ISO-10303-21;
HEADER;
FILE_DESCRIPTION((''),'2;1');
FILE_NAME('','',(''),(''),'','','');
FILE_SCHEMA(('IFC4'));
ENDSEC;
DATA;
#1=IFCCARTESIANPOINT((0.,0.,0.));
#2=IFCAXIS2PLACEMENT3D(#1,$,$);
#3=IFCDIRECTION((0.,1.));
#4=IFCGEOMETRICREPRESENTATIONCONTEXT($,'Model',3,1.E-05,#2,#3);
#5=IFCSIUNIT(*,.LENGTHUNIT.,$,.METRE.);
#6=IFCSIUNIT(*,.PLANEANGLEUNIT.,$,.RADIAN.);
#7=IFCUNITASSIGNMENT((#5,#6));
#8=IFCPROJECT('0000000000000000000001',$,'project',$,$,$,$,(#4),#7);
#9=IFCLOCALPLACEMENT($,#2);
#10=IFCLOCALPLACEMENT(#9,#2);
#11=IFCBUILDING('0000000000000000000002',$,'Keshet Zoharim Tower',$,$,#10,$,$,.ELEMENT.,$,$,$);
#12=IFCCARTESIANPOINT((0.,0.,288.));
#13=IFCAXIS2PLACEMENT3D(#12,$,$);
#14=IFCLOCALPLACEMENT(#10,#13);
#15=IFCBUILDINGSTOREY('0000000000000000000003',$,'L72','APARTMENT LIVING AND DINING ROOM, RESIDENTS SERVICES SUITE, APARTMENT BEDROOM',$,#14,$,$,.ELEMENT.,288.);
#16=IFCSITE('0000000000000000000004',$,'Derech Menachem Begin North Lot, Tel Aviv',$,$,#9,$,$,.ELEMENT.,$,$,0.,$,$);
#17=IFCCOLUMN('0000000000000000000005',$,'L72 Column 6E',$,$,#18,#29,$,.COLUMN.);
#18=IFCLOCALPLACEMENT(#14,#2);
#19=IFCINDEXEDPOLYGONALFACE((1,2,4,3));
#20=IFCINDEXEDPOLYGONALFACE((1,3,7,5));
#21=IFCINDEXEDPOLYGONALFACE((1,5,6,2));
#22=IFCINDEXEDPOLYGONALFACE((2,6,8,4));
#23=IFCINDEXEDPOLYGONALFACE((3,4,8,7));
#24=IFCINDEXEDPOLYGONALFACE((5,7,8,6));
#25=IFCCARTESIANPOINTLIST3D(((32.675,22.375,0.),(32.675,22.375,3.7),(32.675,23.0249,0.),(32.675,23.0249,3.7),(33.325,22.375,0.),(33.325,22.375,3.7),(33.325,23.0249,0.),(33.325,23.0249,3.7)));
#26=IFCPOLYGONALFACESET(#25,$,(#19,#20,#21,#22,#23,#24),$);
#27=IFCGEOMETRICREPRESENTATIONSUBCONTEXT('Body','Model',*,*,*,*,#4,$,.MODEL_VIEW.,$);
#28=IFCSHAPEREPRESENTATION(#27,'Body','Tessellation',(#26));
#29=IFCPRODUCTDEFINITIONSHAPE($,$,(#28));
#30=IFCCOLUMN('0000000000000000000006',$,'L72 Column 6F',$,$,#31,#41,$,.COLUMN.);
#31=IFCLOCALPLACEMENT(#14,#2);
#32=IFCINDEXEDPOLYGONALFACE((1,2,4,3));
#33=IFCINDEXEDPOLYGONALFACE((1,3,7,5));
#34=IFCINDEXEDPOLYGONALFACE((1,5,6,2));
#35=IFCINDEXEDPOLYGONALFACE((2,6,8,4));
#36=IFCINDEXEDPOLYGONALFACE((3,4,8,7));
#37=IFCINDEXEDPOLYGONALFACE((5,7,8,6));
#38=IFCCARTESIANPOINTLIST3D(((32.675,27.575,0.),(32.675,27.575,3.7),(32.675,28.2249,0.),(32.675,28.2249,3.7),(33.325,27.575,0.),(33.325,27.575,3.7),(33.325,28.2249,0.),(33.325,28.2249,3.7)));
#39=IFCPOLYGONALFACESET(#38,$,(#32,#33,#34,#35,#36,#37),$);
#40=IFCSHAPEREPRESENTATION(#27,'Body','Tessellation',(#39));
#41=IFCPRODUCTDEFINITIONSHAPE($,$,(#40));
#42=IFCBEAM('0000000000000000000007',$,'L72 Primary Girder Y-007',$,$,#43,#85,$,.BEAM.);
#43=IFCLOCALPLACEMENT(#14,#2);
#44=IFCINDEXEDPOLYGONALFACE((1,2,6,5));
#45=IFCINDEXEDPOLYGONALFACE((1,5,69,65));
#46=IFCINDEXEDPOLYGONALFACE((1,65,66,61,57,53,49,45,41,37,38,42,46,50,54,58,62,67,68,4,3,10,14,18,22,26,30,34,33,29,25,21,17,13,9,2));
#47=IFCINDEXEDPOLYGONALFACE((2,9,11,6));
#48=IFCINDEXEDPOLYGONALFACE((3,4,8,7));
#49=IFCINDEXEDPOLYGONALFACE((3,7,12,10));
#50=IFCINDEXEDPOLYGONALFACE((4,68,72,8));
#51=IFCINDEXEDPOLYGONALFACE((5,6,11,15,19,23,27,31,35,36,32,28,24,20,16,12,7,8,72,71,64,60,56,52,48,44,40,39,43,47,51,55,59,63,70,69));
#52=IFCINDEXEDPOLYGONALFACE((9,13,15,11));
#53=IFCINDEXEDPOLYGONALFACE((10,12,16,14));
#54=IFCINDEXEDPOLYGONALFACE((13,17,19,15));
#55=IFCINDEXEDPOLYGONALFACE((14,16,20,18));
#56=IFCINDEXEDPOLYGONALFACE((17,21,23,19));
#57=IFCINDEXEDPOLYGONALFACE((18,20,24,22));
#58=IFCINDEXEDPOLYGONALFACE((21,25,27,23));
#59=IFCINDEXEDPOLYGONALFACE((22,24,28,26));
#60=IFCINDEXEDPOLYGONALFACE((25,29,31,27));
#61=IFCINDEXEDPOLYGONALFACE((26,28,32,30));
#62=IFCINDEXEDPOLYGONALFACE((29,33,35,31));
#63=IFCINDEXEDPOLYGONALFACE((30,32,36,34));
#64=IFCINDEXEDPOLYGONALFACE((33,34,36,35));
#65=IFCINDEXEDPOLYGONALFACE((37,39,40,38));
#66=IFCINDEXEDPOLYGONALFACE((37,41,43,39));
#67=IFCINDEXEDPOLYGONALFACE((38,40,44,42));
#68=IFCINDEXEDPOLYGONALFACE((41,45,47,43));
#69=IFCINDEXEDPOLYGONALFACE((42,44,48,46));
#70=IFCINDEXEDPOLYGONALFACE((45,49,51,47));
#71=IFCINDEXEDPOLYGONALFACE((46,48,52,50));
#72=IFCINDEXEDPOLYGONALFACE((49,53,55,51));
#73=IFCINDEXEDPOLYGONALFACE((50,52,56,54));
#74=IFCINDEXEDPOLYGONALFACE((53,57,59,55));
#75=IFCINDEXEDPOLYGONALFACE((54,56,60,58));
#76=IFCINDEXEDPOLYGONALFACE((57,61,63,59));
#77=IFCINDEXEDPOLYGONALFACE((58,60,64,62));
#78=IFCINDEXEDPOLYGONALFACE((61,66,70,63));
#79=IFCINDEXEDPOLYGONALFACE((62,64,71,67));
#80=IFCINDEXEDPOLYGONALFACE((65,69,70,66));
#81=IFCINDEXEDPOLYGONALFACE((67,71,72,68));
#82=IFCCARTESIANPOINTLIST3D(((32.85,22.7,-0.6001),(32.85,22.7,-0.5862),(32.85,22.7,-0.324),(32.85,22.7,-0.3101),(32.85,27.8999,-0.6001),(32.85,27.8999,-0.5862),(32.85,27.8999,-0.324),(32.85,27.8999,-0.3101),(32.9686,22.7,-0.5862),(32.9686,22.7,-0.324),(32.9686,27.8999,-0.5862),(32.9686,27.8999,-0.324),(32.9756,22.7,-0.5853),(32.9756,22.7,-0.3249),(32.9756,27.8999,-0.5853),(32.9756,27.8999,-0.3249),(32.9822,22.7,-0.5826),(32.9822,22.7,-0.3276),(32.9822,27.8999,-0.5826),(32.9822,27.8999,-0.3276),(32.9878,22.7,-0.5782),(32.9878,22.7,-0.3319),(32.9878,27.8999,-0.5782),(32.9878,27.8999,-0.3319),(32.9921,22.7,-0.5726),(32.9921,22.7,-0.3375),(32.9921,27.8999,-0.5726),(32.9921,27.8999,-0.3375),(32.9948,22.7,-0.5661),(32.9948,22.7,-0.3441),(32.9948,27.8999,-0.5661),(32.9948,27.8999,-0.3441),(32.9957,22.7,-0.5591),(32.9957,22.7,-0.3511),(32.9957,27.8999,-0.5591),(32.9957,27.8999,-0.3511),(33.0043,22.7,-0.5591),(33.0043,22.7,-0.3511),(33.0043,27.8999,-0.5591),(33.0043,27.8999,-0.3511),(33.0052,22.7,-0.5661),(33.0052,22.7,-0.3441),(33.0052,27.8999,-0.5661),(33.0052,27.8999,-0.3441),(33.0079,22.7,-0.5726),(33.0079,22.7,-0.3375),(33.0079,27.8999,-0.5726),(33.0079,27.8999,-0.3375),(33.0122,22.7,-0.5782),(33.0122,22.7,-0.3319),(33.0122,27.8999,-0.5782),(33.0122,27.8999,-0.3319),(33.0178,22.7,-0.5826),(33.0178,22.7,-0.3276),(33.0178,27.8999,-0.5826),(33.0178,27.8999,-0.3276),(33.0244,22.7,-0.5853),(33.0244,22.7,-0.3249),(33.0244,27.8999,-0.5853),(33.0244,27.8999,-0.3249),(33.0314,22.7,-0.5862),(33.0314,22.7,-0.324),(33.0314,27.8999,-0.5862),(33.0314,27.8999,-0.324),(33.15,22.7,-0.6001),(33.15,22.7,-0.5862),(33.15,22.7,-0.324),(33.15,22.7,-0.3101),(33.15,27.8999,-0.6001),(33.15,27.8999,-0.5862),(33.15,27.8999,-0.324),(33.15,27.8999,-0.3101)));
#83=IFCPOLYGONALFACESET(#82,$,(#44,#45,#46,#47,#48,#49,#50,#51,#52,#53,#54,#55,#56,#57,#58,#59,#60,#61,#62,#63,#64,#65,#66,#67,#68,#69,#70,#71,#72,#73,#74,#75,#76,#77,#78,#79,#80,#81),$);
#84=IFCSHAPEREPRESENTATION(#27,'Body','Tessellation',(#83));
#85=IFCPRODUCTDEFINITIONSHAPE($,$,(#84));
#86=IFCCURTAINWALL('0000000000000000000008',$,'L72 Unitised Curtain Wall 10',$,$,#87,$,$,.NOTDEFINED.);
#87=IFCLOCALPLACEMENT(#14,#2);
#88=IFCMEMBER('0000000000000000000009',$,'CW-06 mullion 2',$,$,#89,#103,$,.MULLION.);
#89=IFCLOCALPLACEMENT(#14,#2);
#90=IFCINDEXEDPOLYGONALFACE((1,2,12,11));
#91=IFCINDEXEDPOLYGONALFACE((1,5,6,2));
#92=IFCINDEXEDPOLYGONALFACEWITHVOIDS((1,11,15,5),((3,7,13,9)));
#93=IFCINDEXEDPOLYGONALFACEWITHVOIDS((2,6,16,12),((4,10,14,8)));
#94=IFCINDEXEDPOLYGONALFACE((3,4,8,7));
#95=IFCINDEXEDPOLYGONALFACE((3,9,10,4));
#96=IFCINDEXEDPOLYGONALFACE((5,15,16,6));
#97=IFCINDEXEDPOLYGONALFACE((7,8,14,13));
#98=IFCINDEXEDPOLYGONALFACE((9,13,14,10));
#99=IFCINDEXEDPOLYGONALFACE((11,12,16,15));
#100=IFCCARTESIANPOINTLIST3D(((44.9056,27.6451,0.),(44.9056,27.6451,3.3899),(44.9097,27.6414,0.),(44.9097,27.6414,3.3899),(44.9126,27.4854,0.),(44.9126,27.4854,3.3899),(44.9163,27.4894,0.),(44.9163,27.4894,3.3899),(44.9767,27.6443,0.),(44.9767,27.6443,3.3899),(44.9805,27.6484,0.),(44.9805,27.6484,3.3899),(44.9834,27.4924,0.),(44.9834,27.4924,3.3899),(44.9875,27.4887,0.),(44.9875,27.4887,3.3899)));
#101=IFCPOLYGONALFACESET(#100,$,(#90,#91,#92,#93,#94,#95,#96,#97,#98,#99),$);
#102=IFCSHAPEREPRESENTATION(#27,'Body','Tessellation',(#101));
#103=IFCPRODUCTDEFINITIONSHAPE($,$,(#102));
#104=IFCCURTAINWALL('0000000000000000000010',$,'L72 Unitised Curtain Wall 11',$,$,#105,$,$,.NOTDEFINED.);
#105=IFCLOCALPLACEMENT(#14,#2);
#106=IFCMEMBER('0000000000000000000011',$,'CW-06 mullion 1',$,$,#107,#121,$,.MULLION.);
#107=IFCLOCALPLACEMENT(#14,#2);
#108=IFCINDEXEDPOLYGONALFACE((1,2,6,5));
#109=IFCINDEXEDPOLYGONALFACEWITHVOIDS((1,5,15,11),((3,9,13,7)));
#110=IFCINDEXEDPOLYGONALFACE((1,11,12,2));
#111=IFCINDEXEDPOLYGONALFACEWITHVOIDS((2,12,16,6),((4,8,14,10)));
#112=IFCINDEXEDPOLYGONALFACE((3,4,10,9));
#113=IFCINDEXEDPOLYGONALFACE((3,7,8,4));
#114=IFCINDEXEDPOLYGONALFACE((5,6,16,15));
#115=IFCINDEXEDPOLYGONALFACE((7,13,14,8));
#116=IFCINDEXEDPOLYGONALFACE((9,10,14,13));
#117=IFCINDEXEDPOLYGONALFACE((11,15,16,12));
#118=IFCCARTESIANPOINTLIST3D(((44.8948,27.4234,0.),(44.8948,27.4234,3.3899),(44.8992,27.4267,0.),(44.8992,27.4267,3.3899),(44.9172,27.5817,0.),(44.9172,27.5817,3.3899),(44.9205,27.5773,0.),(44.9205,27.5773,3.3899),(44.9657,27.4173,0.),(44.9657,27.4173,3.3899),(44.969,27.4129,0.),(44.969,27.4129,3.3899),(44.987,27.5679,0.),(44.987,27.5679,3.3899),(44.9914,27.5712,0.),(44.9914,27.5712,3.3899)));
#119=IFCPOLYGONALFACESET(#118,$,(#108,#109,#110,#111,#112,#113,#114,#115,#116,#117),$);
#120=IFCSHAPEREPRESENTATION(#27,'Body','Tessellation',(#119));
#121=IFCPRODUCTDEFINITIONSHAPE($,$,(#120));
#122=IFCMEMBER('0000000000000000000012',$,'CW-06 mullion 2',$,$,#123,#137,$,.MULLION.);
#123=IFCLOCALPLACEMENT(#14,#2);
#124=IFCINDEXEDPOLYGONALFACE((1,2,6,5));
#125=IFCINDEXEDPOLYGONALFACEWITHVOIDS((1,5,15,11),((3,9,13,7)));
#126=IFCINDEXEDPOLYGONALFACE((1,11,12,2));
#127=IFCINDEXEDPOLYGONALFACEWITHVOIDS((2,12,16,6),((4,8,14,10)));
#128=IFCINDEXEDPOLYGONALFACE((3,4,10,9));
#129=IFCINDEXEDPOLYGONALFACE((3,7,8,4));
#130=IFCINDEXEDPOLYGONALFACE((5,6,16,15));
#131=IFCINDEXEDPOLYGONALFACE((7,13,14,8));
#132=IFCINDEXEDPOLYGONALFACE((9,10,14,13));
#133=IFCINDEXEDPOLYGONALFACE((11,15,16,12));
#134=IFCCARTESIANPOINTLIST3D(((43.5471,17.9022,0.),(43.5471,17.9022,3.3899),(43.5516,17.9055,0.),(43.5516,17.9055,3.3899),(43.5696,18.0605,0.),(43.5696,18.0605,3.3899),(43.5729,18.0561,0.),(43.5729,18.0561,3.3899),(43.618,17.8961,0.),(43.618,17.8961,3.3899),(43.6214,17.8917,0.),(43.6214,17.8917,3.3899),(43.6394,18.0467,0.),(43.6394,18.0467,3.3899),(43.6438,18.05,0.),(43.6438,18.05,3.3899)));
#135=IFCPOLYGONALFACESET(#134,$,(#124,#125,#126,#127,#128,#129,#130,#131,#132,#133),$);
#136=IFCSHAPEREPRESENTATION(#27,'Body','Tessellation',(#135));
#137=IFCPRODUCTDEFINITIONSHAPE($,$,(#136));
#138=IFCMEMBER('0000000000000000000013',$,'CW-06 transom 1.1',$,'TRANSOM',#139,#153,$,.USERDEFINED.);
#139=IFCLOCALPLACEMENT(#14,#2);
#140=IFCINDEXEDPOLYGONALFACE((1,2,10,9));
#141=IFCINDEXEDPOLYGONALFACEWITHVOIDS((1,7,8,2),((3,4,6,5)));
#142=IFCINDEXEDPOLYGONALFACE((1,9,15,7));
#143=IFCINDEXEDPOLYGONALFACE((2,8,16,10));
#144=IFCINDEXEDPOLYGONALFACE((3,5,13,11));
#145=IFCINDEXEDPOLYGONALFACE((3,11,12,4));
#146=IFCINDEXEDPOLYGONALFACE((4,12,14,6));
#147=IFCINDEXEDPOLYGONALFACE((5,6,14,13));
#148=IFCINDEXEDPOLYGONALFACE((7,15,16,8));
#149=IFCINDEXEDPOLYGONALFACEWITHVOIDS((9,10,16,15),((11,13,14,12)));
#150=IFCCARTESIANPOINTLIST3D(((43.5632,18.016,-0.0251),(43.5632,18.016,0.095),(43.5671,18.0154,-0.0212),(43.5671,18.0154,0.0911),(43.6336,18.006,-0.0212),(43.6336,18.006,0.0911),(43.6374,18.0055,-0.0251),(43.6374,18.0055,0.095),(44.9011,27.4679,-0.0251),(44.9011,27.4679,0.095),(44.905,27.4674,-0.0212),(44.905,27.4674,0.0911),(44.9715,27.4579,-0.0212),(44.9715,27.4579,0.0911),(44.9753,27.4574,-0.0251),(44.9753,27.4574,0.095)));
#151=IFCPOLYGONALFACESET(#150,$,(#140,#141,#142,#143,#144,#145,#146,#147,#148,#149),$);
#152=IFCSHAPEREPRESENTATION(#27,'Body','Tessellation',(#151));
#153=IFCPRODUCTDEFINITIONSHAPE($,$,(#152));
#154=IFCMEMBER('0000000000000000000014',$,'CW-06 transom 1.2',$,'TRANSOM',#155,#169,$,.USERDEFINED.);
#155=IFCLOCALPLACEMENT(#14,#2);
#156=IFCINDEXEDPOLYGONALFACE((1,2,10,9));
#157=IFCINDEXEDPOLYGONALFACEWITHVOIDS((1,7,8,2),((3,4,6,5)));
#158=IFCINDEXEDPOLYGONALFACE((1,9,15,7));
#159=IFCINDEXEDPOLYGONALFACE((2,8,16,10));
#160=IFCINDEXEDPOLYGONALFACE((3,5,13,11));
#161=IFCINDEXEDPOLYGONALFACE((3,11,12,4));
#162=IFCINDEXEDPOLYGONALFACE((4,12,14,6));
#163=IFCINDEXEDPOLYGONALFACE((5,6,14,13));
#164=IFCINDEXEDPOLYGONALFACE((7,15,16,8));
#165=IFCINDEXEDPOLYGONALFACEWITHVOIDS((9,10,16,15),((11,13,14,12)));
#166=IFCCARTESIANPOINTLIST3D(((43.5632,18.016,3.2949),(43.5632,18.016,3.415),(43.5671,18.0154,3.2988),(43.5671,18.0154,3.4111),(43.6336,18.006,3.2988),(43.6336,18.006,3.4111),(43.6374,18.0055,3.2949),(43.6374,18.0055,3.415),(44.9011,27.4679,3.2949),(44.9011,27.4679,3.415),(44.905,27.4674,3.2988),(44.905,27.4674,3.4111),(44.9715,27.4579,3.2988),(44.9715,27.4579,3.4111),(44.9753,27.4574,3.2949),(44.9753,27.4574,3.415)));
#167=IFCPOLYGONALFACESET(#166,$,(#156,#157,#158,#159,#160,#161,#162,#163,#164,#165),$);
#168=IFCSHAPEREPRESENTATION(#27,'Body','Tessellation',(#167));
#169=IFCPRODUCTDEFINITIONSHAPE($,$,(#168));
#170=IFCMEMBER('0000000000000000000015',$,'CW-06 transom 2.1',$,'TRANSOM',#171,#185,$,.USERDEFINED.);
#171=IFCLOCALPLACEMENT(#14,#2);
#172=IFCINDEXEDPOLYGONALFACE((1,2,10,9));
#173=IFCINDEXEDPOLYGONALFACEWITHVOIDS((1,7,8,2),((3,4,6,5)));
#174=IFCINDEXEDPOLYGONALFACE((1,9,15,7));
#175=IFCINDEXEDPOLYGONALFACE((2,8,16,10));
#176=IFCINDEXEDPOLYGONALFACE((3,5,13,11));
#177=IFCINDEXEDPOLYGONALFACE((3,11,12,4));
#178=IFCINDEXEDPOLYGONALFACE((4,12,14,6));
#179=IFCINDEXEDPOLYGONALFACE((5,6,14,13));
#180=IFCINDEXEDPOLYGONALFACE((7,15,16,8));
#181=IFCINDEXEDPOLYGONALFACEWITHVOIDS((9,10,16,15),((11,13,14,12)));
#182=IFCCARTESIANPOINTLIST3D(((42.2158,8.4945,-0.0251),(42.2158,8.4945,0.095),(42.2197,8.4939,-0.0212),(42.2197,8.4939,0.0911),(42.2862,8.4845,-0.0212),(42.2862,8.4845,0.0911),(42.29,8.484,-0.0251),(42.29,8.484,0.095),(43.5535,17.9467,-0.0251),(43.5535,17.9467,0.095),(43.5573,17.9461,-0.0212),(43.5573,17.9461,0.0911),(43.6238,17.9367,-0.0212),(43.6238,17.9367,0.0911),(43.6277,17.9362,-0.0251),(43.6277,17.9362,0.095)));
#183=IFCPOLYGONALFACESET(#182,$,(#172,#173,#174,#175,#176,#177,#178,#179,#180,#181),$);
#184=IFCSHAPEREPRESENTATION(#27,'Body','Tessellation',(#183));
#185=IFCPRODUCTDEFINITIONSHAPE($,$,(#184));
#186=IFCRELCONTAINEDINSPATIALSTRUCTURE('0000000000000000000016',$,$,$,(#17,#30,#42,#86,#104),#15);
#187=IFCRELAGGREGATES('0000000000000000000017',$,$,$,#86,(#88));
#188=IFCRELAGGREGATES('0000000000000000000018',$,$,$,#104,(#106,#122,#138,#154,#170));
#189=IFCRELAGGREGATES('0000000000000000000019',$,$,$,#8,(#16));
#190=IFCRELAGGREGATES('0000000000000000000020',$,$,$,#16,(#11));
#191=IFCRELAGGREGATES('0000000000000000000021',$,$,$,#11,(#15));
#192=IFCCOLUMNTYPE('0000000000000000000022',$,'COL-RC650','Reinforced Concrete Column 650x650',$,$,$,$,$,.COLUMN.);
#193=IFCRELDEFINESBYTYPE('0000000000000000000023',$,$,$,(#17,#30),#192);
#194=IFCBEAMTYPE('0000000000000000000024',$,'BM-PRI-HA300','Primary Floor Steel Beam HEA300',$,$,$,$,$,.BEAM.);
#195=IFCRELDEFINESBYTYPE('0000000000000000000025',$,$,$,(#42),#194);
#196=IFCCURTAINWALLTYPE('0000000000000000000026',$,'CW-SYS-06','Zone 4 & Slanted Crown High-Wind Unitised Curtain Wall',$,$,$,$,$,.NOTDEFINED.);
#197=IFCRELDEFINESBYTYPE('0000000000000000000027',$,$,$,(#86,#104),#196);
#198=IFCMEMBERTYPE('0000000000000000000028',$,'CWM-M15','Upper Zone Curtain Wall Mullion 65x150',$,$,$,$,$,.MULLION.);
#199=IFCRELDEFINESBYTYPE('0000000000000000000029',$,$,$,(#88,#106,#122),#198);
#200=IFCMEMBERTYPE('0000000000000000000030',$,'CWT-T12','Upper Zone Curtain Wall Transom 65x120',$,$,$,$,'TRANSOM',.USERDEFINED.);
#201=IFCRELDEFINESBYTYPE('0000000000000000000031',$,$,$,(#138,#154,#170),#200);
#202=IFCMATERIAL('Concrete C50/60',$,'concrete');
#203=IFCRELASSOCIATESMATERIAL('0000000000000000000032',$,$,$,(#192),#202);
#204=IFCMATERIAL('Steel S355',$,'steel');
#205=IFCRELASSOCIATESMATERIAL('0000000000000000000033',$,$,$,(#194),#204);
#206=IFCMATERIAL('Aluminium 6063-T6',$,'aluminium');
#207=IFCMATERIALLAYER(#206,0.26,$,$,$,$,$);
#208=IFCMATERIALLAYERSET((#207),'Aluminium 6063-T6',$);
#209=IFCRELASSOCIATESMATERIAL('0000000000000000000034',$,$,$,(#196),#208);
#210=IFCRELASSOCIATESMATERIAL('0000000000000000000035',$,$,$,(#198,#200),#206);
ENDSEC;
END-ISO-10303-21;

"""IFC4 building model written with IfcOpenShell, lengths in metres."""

from ifc_helpers import new_model, si_unit, direction, frame, origin, origin_2d, place, context, subcontext, project, spatial, rectangle, hollow_rectangle, i_section, extrude, material, layer, layer_set, material_profile, profile_set, type_object, element, aggregate, save


model = new_model("IFC4")

# Units and contexts
model_context = context("Model", 3, precision=1e-05, world=origin(), true_north=direction((0.0, 1.0)))
body_context = subcontext(model_context, "Body", "Model", "MODEL_VIEW")
ifc_project = project(units=[si_unit("LENGTHUNIT", "METRE"), si_unit("PLANEANGLEUNIT", "RADIAN")], contexts=[model_context])

# Site, building, storey
site_placement = place(None, origin())
site = spatial("IfcSite", under=ifc_project, at=site_placement, Name="Derech Menachem Begin North Lot, Tel Aviv", CompositionType="ELEMENT", RefElevation=0.0)
building_placement = place(site_placement, origin())
building = spatial("IfcBuilding", under=site, at=building_placement, Name="Keshet Zoharim Tower", CompositionType="ELEMENT")
storey_placement = place(building_placement, frame((0.0, 0.0, 288.0)))
storey = spatial("IfcBuildingStorey", under=building, at=storey_placement, Name="L72", Description="APARTMENT LIVING AND DINING ROOM, RESIDENTS SERVICES SUITE, APARTMENT BEDROOM", CompositionType="ELEMENT", Elevation=288.0)

# Columns
ifc_material_1 = material(Name="Concrete C50/60", Category="concrete")
ifc_material_profile_1 = material_profile(ifc_material_1, rectangle(XDim=0.6499, YDim=0.6499, at=origin_2d()), Name="RC650x650")
ifc_profile_set_1 = profile_set([ifc_material_profile_1], Name="Concrete C50/60")
column_type = type_object("IfcColumnType", Name="COL-RC650", Description="Reinforced Concrete Column 650x650", PredefinedType="COLUMN", material=ifc_profile_set_1)
for number, where, z_axis, x_axis, name in (
    (1, (33.0, 22.7, 0.0), (0.0, 0.0, 1.0), (1.0, 0.0, 0.0), "L72 Column 6E"),
    (2, (33.0, 27.8999, 0.0), (0.0, 0.0, 1.0), (1.0, 0.0, 0.0), "L72 Column 6F"),
):
    element("IfcColumn", number, at=place(storey_placement, frame(where, z_axis=z_axis, x_axis=x_axis)), inside=storey, type_object=column_type, Name=name, PredefinedType="COLUMN", context=body_context, shape_type="SweptSolid", body=[
        extrude(rectangle(XDim=0.6499, YDim=0.6499, at=origin_2d()), origin(), (0.0, 0.0, 1.0), 3.7),
    ])

# Beam
ifc_material_2 = material(Name="Steel S355", Category="steel")
ifc_material_profile_2 = material_profile(ifc_material_2, i_section(OverallWidth=0.3, OverallDepth=0.29, WebThickness=0.0085, FlangeThickness=0.0139, FilletRadius=0.0271, at=origin_2d()), Name="HEA300")
ifc_profile_set_2 = profile_set([ifc_material_profile_2], Name="Steel S355")
beam_type = type_object("IfcBeamType", Name="BM-PRI-HA300", Description="Primary Floor Steel Beam HEA300", PredefinedType="BEAM", material=ifc_profile_set_2)
beam_placement = place(storey_placement, frame((33.0, 22.7, -0.4551), z_axis=(0.0, 1.0, 0.0), x_axis=(-1.0, 0.0, 0.0)))
element("IfcBeam", 3, at=beam_placement, inside=storey, type_object=beam_type, Name="L72 Primary Girder Y-007", PredefinedType="BEAM", context=body_context, shape_type="SweptSolid", body=[
    extrude(i_section(OverallWidth=0.3, OverallDepth=0.29, WebThickness=0.0085, FlangeThickness=0.0139, FilletRadius=0.0271, at=origin_2d()), origin(), (0.0, 0.0, 1.0), 5.2),
])

# Curtain wall, member
ifc_material_3 = material(Name="Aluminium 6063-T6", Category="aluminium")
ifc_layer_1 = layer(ifc_material_3, 0.26)
ifc_layer_set_1 = layer_set([ifc_layer_1], Name="Aluminium 6063-T6")
curtain_wall_type = type_object("IfcCurtainWallType", Name="CW-SYS-06", Description="Zone 4 & Slanted Crown High-Wind Unitised Curtain Wall", PredefinedType="NOTDEFINED", material=ifc_layer_set_1)
curtain_wall_1_placement = place(storey_placement, origin())
curtain_wall_1 = element("IfcCurtainWall", 4, at=curtain_wall_1_placement, inside=storey, type_object=curtain_wall_type, Name="L72 Unitised Curtain Wall 10", PredefinedType="NOTDEFINED")
ifc_material_profile_3 = material_profile(ifc_material_3, hollow_rectangle(XDim=0.075, YDim=0.1599, WallThickness=0.0039, at=origin_2d()), Name="MUL-75x160")
ifc_profile_set_3 = profile_set([ifc_material_profile_3], Name="Aluminium 6063-T6")
member_type_1 = type_object("IfcMemberType", Name="CWM-M15", Description="Upper Zone Curtain Wall Mullion 65x150", PredefinedType="MULLION", material=ifc_profile_set_3)
member_1_placement = place(storey_placement, frame((44.9465, 27.5669, 0.0), z_axis=(0.0, 0.0, 1.0), x_axis=(0.999041, 0.043794, 0.0)))
member_1 = element("IfcMember", 5, at=member_1_placement, type_object=member_type_1, Name="CW-06 mullion 2", PredefinedType="MULLION", context=body_context, shape_type="SweptSolid", body=[
    extrude(hollow_rectangle(XDim=0.075, YDim=0.1599, WallThickness=0.0039, at=origin_2d()), origin(), (0.0, 0.0, 1.0), 3.3899),
])

# Curtain wall, members
curtain_wall_2_placement = place(storey_placement, origin())
curtain_wall_2 = element("IfcCurtainWall", 6, at=curtain_wall_2_placement, inside=storey, type_object=curtain_wall_type, Name="L72 Unitised Curtain Wall 11", PredefinedType="NOTDEFINED")
member_2_placement = place(storey_placement, frame((44.9431, 27.4973, 0.0), z_axis=(0.0, 0.0, 1.0), x_axis=(0.990132, -0.140137, 0.0)))
member_2 = element("IfcMember", 7, at=member_2_placement, type_object=member_type_1, Name="CW-06 mullion 1", PredefinedType="MULLION", context=body_context, shape_type="SweptSolid", body=[
    extrude(hollow_rectangle(XDim=0.075, YDim=0.1599, WallThickness=0.0039, at=origin_2d()), origin(), (0.0, 0.0, 1.0), 3.3899),
])
member_3_placement = place(storey_placement, frame((43.5955, 17.9761, 0.0), z_axis=(0.0, 0.0, 1.0), x_axis=(0.990132, -0.140137, 0.0)))
member_3 = element("IfcMember", 8, at=member_3_placement, type_object=member_type_1, Name="CW-06 mullion 2", PredefinedType="MULLION", context=body_context, shape_type="SweptSolid", body=[
    extrude(hollow_rectangle(XDim=0.075, YDim=0.1599, WallThickness=0.0039, at=origin_2d()), origin(), (0.0, 0.0, 1.0), 3.3899),
])
ifc_material_profile_4 = material_profile(ifc_material_3, hollow_rectangle(XDim=0.075, YDim=0.1201, WallThickness=0.0039, at=origin_2d()), Name="TRN-75x120")
ifc_profile_set_4 = profile_set([ifc_material_profile_4], Name="Aluminium 6063-T6")
member_type_2 = type_object("IfcMemberType", Name="CWT-T12", Description="Upper Zone Curtain Wall Transom 65x120", ElementType="TRANSOM", PredefinedType="USERDEFINED", material=ifc_profile_set_4)
member_4_placement = place(storey_placement, frame((44.9382, 27.4626, 0.0349), z_axis=(-0.14015, -0.99013, 0.0), x_axis=(0.99013, -0.14015, 0.0)))
member_4 = element("IfcMember", 9, at=member_4_placement, type_object=member_type_2, Name="CW-06 transom 1.1", ObjectType="TRANSOM", PredefinedType="USERDEFINED", context=body_context, shape_type="SweptSolid", body=[
    extrude(hollow_rectangle(XDim=0.075, YDim=0.1201, WallThickness=0.0039, at=origin_2d()), origin(), (0.0, 0.0, 1.0), 9.5461),
])
member_5_placement = place(storey_placement, frame((44.9382, 27.4626, 3.355), z_axis=(-0.14015, -0.99013, 0.0), x_axis=(0.99013, -0.14015, 0.0)))
member_5 = element("IfcMember", 10, at=member_5_placement, type_object=member_type_2, Name="CW-06 transom 1.2", ObjectType="TRANSOM", PredefinedType="USERDEFINED", context=body_context, shape_type="SweptSolid", body=[
    extrude(hollow_rectangle(XDim=0.075, YDim=0.1201, WallThickness=0.0039, at=origin_2d()), origin(), (0.0, 0.0, 1.0), 9.5461),
])
member_6_placement = place(storey_placement, frame((43.5906, 17.9414, 0.0349), z_axis=(-0.140122, -0.990134, 0.0), x_axis=(0.990134, -0.140122, 0.0)))
member_6 = element("IfcMember", 11, at=member_6_placement, type_object=member_type_2, Name="CW-06 transom 2.1", ObjectType="TRANSOM", PredefinedType="USERDEFINED", context=body_context, shape_type="SweptSolid", body=[
    extrude(hollow_rectangle(XDim=0.075, YDim=0.1201, WallThickness=0.0039, at=origin_2d()), origin(), (0.0, 0.0, 1.0), 9.5464),
])

aggregate(curtain_wall_1, [member_1])
aggregate(curtain_wall_2, [member_2, member_3, member_4, member_5, member_6])

save(model, "model.ifc")
